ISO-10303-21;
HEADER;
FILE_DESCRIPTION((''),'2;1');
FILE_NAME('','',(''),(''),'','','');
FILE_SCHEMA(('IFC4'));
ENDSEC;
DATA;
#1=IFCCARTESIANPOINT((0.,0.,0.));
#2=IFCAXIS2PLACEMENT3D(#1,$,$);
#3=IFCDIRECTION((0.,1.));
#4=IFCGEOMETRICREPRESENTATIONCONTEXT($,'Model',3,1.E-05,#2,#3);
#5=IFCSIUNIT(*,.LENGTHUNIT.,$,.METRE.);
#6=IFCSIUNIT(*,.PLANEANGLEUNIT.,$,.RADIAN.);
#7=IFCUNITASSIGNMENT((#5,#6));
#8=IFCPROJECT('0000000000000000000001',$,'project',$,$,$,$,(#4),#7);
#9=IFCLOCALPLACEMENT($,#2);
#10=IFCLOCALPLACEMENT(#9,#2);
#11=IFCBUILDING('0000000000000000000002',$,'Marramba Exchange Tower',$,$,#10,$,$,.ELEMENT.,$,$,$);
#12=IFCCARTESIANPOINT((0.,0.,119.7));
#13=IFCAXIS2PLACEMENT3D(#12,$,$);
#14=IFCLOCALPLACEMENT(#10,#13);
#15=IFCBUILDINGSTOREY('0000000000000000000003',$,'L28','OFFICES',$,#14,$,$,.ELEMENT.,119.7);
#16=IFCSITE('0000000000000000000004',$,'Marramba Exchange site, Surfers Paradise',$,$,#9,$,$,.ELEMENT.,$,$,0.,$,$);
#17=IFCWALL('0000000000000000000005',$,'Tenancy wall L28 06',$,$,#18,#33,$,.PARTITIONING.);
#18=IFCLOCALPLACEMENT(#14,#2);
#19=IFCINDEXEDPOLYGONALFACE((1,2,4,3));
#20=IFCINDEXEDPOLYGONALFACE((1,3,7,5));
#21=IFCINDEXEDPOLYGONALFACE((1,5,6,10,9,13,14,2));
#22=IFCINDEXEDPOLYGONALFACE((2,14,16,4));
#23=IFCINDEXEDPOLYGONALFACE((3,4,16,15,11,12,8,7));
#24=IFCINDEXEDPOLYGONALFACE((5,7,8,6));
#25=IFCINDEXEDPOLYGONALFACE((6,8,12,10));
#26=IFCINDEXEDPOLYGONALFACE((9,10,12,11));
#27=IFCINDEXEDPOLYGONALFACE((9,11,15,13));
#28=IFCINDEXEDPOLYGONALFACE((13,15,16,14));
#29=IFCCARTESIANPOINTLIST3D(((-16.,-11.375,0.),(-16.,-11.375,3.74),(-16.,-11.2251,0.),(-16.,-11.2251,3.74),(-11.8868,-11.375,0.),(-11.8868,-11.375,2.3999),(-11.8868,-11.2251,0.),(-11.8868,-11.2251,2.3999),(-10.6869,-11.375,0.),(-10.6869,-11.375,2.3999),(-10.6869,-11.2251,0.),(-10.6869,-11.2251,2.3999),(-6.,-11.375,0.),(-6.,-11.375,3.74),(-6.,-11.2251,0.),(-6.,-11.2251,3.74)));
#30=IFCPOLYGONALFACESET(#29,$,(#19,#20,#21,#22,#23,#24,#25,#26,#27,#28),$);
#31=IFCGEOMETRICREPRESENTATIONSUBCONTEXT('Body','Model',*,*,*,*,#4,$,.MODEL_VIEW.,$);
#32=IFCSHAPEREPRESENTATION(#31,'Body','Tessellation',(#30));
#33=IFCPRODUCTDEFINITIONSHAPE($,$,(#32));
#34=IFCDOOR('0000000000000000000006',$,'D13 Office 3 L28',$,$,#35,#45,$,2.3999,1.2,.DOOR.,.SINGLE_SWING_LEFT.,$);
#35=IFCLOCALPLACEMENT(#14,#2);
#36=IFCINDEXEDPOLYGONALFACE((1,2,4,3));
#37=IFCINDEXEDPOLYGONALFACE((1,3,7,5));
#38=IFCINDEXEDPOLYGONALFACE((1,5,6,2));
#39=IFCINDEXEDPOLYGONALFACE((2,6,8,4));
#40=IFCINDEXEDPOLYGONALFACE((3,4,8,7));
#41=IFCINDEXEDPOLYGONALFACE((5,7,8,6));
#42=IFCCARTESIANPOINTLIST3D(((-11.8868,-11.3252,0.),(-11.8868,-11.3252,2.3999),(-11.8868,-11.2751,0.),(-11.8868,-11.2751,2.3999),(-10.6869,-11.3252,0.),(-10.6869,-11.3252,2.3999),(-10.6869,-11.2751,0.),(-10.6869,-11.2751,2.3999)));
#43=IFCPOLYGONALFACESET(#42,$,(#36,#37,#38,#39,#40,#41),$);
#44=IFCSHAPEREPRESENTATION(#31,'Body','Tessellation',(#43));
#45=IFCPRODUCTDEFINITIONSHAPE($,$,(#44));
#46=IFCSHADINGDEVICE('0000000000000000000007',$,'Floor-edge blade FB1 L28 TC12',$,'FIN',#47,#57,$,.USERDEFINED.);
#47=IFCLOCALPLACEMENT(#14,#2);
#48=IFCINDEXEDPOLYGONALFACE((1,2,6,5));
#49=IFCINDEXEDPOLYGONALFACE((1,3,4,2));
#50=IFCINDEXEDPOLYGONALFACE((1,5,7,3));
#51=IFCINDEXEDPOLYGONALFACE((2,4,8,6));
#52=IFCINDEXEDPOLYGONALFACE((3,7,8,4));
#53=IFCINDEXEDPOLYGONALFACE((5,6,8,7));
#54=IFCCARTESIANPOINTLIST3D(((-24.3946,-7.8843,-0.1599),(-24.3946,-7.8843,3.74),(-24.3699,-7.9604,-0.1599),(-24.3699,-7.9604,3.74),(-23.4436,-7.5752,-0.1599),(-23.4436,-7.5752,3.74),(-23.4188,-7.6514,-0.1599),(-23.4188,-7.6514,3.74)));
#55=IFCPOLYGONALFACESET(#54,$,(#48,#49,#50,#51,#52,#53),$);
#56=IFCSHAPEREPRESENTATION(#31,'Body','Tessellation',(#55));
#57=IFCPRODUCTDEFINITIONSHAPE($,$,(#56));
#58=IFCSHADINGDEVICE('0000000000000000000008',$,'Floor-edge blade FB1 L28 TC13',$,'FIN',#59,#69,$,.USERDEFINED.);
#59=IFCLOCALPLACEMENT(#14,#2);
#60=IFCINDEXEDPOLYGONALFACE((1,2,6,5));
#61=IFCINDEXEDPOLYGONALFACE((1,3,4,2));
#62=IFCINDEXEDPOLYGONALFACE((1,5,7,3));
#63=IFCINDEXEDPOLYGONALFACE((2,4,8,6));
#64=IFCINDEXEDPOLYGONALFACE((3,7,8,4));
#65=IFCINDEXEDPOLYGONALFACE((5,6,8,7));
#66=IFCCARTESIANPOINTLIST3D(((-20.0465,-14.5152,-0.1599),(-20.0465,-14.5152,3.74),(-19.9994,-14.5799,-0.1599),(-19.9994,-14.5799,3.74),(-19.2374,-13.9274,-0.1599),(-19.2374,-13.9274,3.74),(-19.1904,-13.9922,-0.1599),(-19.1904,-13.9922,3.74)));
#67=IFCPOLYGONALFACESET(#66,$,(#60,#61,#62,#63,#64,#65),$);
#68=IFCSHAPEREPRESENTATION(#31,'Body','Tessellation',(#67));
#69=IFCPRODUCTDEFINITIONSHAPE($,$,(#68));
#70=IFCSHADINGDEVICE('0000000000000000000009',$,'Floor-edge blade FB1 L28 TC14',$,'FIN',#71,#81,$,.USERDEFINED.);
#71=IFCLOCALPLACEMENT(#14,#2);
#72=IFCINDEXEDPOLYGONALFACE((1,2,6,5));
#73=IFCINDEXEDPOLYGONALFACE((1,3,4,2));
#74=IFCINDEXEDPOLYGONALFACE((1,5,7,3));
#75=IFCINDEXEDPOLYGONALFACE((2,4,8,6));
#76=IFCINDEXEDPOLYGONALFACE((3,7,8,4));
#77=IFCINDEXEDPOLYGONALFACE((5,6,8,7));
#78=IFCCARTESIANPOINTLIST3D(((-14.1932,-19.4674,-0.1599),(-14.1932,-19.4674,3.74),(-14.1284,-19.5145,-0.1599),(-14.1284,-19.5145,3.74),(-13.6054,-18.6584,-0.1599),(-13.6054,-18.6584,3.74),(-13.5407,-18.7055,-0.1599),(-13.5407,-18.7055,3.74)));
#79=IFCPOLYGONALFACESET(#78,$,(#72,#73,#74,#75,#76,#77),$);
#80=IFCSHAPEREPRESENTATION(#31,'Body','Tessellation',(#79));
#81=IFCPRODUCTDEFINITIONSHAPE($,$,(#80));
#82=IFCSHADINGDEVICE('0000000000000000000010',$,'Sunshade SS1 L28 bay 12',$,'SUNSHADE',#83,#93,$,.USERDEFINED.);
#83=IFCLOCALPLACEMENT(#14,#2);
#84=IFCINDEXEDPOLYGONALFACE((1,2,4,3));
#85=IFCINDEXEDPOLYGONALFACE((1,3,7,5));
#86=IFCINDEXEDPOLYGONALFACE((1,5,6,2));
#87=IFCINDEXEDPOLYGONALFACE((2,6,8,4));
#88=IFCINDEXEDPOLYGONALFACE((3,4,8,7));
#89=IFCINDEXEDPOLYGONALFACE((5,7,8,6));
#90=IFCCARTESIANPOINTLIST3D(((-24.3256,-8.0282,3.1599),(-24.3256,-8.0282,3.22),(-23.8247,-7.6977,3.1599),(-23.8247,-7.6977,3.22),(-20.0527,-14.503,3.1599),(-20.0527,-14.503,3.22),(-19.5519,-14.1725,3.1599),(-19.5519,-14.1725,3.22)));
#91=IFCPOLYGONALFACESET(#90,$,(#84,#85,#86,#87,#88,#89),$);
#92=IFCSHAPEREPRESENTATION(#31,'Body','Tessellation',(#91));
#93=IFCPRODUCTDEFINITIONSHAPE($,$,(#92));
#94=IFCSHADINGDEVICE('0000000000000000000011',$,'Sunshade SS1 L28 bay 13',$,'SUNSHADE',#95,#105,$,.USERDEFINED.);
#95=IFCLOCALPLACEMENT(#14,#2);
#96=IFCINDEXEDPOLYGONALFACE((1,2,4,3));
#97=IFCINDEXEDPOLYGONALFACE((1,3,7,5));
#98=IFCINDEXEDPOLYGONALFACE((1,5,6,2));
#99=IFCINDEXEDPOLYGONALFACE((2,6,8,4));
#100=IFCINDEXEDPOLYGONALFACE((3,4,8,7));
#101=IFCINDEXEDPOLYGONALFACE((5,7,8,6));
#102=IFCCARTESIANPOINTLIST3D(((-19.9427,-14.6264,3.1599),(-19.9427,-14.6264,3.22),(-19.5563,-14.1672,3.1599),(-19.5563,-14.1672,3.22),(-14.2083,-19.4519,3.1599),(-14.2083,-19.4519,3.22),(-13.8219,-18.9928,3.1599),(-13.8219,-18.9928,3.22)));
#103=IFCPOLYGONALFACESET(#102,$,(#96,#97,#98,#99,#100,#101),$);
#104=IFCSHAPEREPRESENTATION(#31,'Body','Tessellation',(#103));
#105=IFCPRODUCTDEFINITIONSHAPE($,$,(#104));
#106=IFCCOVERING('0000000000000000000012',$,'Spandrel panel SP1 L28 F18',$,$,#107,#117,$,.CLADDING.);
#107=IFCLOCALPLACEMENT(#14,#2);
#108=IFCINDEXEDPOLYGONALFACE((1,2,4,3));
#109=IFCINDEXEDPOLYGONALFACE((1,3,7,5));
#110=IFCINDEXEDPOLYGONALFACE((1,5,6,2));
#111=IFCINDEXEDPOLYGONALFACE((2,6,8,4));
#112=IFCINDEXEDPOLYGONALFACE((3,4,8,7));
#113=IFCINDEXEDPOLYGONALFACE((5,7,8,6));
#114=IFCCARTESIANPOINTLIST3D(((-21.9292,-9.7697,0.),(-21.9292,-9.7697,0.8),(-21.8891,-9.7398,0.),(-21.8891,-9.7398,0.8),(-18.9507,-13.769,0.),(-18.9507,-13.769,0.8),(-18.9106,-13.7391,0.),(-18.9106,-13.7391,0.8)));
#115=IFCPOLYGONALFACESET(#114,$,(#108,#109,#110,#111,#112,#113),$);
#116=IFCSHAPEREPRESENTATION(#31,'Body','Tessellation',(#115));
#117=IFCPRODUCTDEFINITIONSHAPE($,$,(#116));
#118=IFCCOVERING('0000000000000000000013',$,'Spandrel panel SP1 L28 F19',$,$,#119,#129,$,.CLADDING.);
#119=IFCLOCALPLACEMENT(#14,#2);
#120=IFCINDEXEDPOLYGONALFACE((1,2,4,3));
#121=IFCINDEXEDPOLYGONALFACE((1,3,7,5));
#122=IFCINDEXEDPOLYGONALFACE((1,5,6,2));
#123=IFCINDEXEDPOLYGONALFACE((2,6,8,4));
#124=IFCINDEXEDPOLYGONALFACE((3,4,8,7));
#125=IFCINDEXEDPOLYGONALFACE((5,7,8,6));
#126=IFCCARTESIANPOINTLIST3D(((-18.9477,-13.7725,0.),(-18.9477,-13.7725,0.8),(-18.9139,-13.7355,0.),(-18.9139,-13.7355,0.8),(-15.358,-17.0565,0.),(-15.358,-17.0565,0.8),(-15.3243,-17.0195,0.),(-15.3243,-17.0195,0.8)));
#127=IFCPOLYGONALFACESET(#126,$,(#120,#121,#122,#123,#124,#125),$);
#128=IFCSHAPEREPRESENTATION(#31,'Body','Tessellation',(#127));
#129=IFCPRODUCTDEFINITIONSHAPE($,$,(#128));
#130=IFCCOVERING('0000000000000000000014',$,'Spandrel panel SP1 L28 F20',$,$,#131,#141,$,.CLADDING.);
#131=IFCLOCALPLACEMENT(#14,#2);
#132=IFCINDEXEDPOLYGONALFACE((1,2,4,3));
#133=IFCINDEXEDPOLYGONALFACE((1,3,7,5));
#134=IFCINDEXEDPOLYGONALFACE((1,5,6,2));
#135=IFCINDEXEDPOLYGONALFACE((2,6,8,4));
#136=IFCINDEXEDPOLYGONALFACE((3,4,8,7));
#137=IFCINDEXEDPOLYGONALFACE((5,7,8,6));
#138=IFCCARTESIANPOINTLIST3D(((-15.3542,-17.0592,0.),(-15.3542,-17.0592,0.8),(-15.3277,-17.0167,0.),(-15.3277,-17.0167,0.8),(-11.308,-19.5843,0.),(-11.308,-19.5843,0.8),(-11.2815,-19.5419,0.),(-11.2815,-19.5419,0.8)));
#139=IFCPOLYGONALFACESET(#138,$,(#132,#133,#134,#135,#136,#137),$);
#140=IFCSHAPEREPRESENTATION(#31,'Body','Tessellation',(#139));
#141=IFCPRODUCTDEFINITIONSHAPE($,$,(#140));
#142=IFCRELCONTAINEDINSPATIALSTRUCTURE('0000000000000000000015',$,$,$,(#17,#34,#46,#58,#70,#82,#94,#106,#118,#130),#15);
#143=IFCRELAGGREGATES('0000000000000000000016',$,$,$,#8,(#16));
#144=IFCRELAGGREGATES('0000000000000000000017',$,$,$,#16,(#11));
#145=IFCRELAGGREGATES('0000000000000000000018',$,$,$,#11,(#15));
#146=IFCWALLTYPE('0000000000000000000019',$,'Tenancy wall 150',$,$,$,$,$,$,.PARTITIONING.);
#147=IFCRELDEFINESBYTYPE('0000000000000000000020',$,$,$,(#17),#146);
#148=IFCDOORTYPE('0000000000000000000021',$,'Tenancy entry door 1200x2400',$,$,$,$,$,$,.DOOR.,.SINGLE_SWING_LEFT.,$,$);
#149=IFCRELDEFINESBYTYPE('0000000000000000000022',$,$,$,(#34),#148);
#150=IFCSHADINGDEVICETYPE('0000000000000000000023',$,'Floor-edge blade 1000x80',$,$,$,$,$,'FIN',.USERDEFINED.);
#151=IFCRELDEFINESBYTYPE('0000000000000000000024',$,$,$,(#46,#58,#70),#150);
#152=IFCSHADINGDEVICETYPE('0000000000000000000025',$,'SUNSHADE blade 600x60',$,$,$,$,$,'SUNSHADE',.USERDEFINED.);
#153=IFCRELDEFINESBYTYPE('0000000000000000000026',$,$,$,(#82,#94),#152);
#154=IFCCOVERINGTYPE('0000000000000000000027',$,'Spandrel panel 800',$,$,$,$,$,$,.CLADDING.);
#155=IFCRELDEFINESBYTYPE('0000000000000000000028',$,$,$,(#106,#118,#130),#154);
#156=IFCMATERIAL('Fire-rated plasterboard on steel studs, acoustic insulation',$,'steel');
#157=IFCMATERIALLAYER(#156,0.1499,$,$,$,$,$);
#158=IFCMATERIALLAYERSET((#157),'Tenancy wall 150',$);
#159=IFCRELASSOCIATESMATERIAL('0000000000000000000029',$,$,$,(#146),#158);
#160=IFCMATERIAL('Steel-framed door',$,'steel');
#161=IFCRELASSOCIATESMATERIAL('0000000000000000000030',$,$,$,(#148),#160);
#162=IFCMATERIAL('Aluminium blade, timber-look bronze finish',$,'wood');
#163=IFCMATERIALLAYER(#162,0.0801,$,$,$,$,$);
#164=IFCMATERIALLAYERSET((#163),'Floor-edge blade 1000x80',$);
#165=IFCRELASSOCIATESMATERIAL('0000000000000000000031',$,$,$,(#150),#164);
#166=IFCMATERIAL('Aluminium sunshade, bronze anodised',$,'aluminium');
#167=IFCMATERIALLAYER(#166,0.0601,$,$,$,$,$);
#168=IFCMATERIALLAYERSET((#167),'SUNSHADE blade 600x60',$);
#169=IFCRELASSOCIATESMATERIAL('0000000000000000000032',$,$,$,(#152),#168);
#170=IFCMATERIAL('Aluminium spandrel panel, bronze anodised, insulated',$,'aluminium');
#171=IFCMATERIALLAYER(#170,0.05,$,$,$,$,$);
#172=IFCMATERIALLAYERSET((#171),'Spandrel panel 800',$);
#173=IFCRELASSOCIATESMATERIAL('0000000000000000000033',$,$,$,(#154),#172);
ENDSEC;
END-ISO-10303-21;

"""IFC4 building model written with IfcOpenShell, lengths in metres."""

from ifc_helpers import new_model, si_unit, direction, frame, frame_2d, origin, origin_2d, place, context, subcontext, project, spatial, rectangle, extrude, material, layer, layer_set, type_object, element, fill, save


model = new_model("IFC4")

# Units and contexts
model_context = context("Model", 3, precision=1e-05, world=origin(), true_north=direction((0.0, 1.0)))
body_context = subcontext(model_context, "Body", "Model", "MODEL_VIEW")
ifc_project = project(units=[si_unit("LENGTHUNIT", "METRE"), si_unit("PLANEANGLEUNIT", "RADIAN")], contexts=[model_context])

# Site, building, storey
site_placement = place(None, origin())
site = spatial("IfcSite", under=ifc_project, at=site_placement, Name="Marramba Exchange site, Surfers Paradise", CompositionType="ELEMENT", RefElevation=0.0)
building_placement = place(site_placement, origin())
building = spatial("IfcBuilding", under=site, at=building_placement, Name="Marramba Exchange Tower", CompositionType="ELEMENT")
storey_placement = place(building_placement, frame((0.0, 0.0, 119.7)))
storey = spatial("IfcBuildingStorey", under=building, at=storey_placement, Name="L28", Description="OFFICES", CompositionType="ELEMENT", Elevation=119.7)

# Wall, opening, door
ifc_material_1 = material(Name="Fire-rated plasterboard on steel studs, acoustic insulation", Category="steel")
ifc_layer_1 = layer(ifc_material_1, 0.1499)
ifc_layer_set_1 = layer_set([ifc_layer_1], Name="Tenancy wall 150")
wall_type_1 = type_object("IfcWallType", Name="Tenancy wall 150", PredefinedType="PARTITIONING", material=ifc_layer_set_1)
wall_1_placement = place(storey_placement, frame((-16.0, -11.3, 0.0), z_axis=(0.0, 0.0, 1.0), x_axis=(1.0, 0.0, 0.0)))
wall_1 = element("IfcWall", 1, at=wall_1_placement, inside=storey, type_object=wall_type_1, Name="Tenancy wall L28 06", PredefinedType="PARTITIONING", context=body_context, shape_type="SweptSolid", body=[
    extrude(rectangle(XDim=10.0, YDim=0.1499, at=frame_2d((5.0, 0.0))), origin(), (0.0, 0.0, 1.0), 3.74),
])
opening_1_placement = place(wall_1_placement, frame((4.113, 0.0, 0.0)))
opening_1 = element("IfcOpeningElement", 2, at=opening_1_placement, cuts=wall_1, PredefinedType="OPENING", context=body_context, shape_type="SweptSolid", body=[
    extrude(rectangle(XDim=1.2, YDim=2.3999, at=frame_2d((0.6001, 1.2))), frame((0.0, 0.085, 0.0), z_axis=(0.0, -1.0, 0.0), x_axis=(1.0, 0.0, 0.0)), (0.0, 0.0, 1.0), 0.1699),
])
ifc_material_2 = material(Name="Steel-framed door", Category="steel")
door_type_1 = type_object("IfcDoorType", Name="Tenancy entry door 1200x2400", OperationType="SINGLE_SWING_LEFT", PredefinedType="DOOR", material=ifc_material_2)
door_1_placement = place(opening_1_placement, origin())
door_1 = element("IfcDoor", 3, at=door_1_placement, inside=storey, type_object=door_type_1, Name="D13 Office 3 L28", OperationType="SINGLE_SWING_LEFT", OverallHeight=2.3999, OverallWidth=1.2, PredefinedType="DOOR", context=body_context, shape_type="SweptSolid", body=[
    extrude(rectangle(XDim=1.2, YDim=2.3999, at=frame_2d((0.6001, 1.2))), frame((0.0, 0.0249, 0.0), z_axis=(0.0, -1.0, 0.0), x_axis=(1.0, 0.0, 0.0)), (0.0, 0.0, 1.0), 0.05),
])
fill(opening_1, door_1)

# Shading devices
ifc_material_3 = material(Name="Aluminium blade, timber-look bronze finish", Category="wood")
ifc_layer_2 = layer(ifc_material_3, 0.0801)
ifc_layer_set_2 = layer_set([ifc_layer_2], Name="Floor-edge blade 1000x80")
shading_device_type_1 = type_object("IfcShadingDeviceType", Name="Floor-edge blade 1000x80", ElementType="FIN", PredefinedType="USERDEFINED", material=ifc_layer_set_2)
for number, where, z_axis, x_axis, name in (
    (4, (-23.9067, -7.7678, -0.1599), (0.0, 0.0, 1.0), (-0.951057, -0.309017, 0.0), "Floor-edge blade FB1 L28 TC12"),
    (5, (-19.6184, -14.2537, -0.1599), (0.0, 0.0, 1.0), (-0.809017, -0.587785, 0.0), "Floor-edge blade FB1 L28 TC13"),
    (6, (-13.8669, -19.0864, -0.1599), (0.0, 0.0, 1.0), (-0.587785, -0.809017, 0.0), "Floor-edge blade FB1 L28 TC14"),
):
    element("IfcShadingDevice", number, at=place(storey_placement, frame(where, z_axis=z_axis, x_axis=x_axis)), inside=storey, type_object=shading_device_type_1, Name=name, ObjectType="FIN", PredefinedType="USERDEFINED", context=body_context, shape_type="SweptSolid", body=[
        extrude(rectangle(XDim=1.0, YDim=0.0801, at=origin_2d()), origin(), (0.0, 0.0, 1.0), 3.8999),
    ])
ifc_material_4 = material(Name="Aluminium sunshade, bronze anodised", Category="aluminium")
ifc_layer_3 = layer(ifc_material_4, 0.0601)
ifc_layer_set_3 = layer_set([ifc_layer_3], Name="SUNSHADE blade 600x60")
shading_device_type_2 = type_object("IfcShadingDeviceType", Name="SUNSHADE blade 600x60", ElementType="SUNSHADE", PredefinedType="USERDEFINED", material=ifc_layer_set_3)
shading_device_1_placement = place(storey_placement, frame((-21.9387, -11.1003, 3.1599), z_axis=(0.0, 0.0, 1.0), x_axis=(0.550792, -0.834642, 0.0)))
element("IfcShadingDevice", 7, at=shading_device_1_placement, inside=storey, type_object=shading_device_type_2, Name="Sunshade SS1 L28 bay 12", ObjectType="SUNSHADE", PredefinedType="USERDEFINED", context=body_context, shape_type="SweptSolid", body=[
    extrude(rectangle(XDim=7.7576, YDim=0.6001, at=origin_2d()), origin(), (0.0, 0.0, 1.0), 0.0601),
])
shading_device_2_placement = place(storey_placement, frame((-16.8823, -16.8096, 3.1599), z_axis=(0.0, 0.0, 1.0), x_axis=(0.765139, -0.643866, 0.0)))
element("IfcShadingDevice", 8, at=shading_device_2_placement, inside=storey, type_object=shading_device_type_2, Name="Sunshade SS1 L28 bay 13", ObjectType="SUNSHADE", PredefinedType="USERDEFINED", context=body_context, shape_type="SweptSolid", body=[
    extrude(rectangle(XDim=7.4946, YDim=0.6001, at=origin_2d()), origin(), (0.0, 0.0, 1.0), 0.0601),
])

# Coverings
ifc_material_5 = material(Name="Aluminium spandrel panel, bronze anodised, insulated", Category="aluminium")
ifc_layer_4 = layer(ifc_material_5, 0.05)
ifc_layer_set_4 = layer_set([ifc_layer_4], Name="Spandrel panel 800")
covering_type = type_object("IfcCoveringType", Name="Spandrel panel 800", PredefinedType="CLADDING", material=ifc_layer_set_4)
covering_1_placement = place(storey_placement, frame((-20.4199, -11.7544, 0.0), z_axis=(0.0, 0.0, 1.0), x_axis=(0.597305, -0.802014, 0.0)))
element("IfcCovering", 9, at=covering_1_placement, inside=storey, type_object=covering_type, Name="Spandrel panel SP1 L28 F18", PredefinedType="CLADDING", context=body_context, shape_type="SweptSolid", body=[
    extrude(rectangle(XDim=4.9866, YDim=0.05, at=origin_2d()), origin(), (0.0, 0.0, 1.0), 0.8),
])
covering_2_placement = place(storey_placement, frame((-17.136, -15.396, 0.0), z_axis=(0.0, 0.0, 1.0), x_axis=(0.737822, -0.674995, 0.0)))
element("IfcCovering", 10, at=covering_2_placement, inside=storey, type_object=covering_type, Name="Spandrel panel SP1 L28 F19", PredefinedType="CLADDING", context=body_context, shape_type="SweptSolid", body=[
    extrude(rectangle(XDim=4.8652, YDim=0.05, at=origin_2d()), origin(), (0.0, 0.0, 1.0), 0.8),
])
covering_3_placement = place(storey_placement, frame((-13.3179, -18.3005, 0.0), z_axis=(0.0, 0.0, 1.0), x_axis=(0.848355, -0.529428, 0.0)))
element("IfcCovering", 11, at=covering_3_placement, inside=storey, type_object=covering_type, Name="Spandrel panel SP1 L28 F20", PredefinedType="CLADDING", context=body_context, shape_type="SweptSolid", body=[
    extrude(rectangle(XDim=4.7695, YDim=0.05, at=origin_2d()), origin(), (0.0, 0.0, 1.0), 0.8),
])

save(model, "model.ifc")
